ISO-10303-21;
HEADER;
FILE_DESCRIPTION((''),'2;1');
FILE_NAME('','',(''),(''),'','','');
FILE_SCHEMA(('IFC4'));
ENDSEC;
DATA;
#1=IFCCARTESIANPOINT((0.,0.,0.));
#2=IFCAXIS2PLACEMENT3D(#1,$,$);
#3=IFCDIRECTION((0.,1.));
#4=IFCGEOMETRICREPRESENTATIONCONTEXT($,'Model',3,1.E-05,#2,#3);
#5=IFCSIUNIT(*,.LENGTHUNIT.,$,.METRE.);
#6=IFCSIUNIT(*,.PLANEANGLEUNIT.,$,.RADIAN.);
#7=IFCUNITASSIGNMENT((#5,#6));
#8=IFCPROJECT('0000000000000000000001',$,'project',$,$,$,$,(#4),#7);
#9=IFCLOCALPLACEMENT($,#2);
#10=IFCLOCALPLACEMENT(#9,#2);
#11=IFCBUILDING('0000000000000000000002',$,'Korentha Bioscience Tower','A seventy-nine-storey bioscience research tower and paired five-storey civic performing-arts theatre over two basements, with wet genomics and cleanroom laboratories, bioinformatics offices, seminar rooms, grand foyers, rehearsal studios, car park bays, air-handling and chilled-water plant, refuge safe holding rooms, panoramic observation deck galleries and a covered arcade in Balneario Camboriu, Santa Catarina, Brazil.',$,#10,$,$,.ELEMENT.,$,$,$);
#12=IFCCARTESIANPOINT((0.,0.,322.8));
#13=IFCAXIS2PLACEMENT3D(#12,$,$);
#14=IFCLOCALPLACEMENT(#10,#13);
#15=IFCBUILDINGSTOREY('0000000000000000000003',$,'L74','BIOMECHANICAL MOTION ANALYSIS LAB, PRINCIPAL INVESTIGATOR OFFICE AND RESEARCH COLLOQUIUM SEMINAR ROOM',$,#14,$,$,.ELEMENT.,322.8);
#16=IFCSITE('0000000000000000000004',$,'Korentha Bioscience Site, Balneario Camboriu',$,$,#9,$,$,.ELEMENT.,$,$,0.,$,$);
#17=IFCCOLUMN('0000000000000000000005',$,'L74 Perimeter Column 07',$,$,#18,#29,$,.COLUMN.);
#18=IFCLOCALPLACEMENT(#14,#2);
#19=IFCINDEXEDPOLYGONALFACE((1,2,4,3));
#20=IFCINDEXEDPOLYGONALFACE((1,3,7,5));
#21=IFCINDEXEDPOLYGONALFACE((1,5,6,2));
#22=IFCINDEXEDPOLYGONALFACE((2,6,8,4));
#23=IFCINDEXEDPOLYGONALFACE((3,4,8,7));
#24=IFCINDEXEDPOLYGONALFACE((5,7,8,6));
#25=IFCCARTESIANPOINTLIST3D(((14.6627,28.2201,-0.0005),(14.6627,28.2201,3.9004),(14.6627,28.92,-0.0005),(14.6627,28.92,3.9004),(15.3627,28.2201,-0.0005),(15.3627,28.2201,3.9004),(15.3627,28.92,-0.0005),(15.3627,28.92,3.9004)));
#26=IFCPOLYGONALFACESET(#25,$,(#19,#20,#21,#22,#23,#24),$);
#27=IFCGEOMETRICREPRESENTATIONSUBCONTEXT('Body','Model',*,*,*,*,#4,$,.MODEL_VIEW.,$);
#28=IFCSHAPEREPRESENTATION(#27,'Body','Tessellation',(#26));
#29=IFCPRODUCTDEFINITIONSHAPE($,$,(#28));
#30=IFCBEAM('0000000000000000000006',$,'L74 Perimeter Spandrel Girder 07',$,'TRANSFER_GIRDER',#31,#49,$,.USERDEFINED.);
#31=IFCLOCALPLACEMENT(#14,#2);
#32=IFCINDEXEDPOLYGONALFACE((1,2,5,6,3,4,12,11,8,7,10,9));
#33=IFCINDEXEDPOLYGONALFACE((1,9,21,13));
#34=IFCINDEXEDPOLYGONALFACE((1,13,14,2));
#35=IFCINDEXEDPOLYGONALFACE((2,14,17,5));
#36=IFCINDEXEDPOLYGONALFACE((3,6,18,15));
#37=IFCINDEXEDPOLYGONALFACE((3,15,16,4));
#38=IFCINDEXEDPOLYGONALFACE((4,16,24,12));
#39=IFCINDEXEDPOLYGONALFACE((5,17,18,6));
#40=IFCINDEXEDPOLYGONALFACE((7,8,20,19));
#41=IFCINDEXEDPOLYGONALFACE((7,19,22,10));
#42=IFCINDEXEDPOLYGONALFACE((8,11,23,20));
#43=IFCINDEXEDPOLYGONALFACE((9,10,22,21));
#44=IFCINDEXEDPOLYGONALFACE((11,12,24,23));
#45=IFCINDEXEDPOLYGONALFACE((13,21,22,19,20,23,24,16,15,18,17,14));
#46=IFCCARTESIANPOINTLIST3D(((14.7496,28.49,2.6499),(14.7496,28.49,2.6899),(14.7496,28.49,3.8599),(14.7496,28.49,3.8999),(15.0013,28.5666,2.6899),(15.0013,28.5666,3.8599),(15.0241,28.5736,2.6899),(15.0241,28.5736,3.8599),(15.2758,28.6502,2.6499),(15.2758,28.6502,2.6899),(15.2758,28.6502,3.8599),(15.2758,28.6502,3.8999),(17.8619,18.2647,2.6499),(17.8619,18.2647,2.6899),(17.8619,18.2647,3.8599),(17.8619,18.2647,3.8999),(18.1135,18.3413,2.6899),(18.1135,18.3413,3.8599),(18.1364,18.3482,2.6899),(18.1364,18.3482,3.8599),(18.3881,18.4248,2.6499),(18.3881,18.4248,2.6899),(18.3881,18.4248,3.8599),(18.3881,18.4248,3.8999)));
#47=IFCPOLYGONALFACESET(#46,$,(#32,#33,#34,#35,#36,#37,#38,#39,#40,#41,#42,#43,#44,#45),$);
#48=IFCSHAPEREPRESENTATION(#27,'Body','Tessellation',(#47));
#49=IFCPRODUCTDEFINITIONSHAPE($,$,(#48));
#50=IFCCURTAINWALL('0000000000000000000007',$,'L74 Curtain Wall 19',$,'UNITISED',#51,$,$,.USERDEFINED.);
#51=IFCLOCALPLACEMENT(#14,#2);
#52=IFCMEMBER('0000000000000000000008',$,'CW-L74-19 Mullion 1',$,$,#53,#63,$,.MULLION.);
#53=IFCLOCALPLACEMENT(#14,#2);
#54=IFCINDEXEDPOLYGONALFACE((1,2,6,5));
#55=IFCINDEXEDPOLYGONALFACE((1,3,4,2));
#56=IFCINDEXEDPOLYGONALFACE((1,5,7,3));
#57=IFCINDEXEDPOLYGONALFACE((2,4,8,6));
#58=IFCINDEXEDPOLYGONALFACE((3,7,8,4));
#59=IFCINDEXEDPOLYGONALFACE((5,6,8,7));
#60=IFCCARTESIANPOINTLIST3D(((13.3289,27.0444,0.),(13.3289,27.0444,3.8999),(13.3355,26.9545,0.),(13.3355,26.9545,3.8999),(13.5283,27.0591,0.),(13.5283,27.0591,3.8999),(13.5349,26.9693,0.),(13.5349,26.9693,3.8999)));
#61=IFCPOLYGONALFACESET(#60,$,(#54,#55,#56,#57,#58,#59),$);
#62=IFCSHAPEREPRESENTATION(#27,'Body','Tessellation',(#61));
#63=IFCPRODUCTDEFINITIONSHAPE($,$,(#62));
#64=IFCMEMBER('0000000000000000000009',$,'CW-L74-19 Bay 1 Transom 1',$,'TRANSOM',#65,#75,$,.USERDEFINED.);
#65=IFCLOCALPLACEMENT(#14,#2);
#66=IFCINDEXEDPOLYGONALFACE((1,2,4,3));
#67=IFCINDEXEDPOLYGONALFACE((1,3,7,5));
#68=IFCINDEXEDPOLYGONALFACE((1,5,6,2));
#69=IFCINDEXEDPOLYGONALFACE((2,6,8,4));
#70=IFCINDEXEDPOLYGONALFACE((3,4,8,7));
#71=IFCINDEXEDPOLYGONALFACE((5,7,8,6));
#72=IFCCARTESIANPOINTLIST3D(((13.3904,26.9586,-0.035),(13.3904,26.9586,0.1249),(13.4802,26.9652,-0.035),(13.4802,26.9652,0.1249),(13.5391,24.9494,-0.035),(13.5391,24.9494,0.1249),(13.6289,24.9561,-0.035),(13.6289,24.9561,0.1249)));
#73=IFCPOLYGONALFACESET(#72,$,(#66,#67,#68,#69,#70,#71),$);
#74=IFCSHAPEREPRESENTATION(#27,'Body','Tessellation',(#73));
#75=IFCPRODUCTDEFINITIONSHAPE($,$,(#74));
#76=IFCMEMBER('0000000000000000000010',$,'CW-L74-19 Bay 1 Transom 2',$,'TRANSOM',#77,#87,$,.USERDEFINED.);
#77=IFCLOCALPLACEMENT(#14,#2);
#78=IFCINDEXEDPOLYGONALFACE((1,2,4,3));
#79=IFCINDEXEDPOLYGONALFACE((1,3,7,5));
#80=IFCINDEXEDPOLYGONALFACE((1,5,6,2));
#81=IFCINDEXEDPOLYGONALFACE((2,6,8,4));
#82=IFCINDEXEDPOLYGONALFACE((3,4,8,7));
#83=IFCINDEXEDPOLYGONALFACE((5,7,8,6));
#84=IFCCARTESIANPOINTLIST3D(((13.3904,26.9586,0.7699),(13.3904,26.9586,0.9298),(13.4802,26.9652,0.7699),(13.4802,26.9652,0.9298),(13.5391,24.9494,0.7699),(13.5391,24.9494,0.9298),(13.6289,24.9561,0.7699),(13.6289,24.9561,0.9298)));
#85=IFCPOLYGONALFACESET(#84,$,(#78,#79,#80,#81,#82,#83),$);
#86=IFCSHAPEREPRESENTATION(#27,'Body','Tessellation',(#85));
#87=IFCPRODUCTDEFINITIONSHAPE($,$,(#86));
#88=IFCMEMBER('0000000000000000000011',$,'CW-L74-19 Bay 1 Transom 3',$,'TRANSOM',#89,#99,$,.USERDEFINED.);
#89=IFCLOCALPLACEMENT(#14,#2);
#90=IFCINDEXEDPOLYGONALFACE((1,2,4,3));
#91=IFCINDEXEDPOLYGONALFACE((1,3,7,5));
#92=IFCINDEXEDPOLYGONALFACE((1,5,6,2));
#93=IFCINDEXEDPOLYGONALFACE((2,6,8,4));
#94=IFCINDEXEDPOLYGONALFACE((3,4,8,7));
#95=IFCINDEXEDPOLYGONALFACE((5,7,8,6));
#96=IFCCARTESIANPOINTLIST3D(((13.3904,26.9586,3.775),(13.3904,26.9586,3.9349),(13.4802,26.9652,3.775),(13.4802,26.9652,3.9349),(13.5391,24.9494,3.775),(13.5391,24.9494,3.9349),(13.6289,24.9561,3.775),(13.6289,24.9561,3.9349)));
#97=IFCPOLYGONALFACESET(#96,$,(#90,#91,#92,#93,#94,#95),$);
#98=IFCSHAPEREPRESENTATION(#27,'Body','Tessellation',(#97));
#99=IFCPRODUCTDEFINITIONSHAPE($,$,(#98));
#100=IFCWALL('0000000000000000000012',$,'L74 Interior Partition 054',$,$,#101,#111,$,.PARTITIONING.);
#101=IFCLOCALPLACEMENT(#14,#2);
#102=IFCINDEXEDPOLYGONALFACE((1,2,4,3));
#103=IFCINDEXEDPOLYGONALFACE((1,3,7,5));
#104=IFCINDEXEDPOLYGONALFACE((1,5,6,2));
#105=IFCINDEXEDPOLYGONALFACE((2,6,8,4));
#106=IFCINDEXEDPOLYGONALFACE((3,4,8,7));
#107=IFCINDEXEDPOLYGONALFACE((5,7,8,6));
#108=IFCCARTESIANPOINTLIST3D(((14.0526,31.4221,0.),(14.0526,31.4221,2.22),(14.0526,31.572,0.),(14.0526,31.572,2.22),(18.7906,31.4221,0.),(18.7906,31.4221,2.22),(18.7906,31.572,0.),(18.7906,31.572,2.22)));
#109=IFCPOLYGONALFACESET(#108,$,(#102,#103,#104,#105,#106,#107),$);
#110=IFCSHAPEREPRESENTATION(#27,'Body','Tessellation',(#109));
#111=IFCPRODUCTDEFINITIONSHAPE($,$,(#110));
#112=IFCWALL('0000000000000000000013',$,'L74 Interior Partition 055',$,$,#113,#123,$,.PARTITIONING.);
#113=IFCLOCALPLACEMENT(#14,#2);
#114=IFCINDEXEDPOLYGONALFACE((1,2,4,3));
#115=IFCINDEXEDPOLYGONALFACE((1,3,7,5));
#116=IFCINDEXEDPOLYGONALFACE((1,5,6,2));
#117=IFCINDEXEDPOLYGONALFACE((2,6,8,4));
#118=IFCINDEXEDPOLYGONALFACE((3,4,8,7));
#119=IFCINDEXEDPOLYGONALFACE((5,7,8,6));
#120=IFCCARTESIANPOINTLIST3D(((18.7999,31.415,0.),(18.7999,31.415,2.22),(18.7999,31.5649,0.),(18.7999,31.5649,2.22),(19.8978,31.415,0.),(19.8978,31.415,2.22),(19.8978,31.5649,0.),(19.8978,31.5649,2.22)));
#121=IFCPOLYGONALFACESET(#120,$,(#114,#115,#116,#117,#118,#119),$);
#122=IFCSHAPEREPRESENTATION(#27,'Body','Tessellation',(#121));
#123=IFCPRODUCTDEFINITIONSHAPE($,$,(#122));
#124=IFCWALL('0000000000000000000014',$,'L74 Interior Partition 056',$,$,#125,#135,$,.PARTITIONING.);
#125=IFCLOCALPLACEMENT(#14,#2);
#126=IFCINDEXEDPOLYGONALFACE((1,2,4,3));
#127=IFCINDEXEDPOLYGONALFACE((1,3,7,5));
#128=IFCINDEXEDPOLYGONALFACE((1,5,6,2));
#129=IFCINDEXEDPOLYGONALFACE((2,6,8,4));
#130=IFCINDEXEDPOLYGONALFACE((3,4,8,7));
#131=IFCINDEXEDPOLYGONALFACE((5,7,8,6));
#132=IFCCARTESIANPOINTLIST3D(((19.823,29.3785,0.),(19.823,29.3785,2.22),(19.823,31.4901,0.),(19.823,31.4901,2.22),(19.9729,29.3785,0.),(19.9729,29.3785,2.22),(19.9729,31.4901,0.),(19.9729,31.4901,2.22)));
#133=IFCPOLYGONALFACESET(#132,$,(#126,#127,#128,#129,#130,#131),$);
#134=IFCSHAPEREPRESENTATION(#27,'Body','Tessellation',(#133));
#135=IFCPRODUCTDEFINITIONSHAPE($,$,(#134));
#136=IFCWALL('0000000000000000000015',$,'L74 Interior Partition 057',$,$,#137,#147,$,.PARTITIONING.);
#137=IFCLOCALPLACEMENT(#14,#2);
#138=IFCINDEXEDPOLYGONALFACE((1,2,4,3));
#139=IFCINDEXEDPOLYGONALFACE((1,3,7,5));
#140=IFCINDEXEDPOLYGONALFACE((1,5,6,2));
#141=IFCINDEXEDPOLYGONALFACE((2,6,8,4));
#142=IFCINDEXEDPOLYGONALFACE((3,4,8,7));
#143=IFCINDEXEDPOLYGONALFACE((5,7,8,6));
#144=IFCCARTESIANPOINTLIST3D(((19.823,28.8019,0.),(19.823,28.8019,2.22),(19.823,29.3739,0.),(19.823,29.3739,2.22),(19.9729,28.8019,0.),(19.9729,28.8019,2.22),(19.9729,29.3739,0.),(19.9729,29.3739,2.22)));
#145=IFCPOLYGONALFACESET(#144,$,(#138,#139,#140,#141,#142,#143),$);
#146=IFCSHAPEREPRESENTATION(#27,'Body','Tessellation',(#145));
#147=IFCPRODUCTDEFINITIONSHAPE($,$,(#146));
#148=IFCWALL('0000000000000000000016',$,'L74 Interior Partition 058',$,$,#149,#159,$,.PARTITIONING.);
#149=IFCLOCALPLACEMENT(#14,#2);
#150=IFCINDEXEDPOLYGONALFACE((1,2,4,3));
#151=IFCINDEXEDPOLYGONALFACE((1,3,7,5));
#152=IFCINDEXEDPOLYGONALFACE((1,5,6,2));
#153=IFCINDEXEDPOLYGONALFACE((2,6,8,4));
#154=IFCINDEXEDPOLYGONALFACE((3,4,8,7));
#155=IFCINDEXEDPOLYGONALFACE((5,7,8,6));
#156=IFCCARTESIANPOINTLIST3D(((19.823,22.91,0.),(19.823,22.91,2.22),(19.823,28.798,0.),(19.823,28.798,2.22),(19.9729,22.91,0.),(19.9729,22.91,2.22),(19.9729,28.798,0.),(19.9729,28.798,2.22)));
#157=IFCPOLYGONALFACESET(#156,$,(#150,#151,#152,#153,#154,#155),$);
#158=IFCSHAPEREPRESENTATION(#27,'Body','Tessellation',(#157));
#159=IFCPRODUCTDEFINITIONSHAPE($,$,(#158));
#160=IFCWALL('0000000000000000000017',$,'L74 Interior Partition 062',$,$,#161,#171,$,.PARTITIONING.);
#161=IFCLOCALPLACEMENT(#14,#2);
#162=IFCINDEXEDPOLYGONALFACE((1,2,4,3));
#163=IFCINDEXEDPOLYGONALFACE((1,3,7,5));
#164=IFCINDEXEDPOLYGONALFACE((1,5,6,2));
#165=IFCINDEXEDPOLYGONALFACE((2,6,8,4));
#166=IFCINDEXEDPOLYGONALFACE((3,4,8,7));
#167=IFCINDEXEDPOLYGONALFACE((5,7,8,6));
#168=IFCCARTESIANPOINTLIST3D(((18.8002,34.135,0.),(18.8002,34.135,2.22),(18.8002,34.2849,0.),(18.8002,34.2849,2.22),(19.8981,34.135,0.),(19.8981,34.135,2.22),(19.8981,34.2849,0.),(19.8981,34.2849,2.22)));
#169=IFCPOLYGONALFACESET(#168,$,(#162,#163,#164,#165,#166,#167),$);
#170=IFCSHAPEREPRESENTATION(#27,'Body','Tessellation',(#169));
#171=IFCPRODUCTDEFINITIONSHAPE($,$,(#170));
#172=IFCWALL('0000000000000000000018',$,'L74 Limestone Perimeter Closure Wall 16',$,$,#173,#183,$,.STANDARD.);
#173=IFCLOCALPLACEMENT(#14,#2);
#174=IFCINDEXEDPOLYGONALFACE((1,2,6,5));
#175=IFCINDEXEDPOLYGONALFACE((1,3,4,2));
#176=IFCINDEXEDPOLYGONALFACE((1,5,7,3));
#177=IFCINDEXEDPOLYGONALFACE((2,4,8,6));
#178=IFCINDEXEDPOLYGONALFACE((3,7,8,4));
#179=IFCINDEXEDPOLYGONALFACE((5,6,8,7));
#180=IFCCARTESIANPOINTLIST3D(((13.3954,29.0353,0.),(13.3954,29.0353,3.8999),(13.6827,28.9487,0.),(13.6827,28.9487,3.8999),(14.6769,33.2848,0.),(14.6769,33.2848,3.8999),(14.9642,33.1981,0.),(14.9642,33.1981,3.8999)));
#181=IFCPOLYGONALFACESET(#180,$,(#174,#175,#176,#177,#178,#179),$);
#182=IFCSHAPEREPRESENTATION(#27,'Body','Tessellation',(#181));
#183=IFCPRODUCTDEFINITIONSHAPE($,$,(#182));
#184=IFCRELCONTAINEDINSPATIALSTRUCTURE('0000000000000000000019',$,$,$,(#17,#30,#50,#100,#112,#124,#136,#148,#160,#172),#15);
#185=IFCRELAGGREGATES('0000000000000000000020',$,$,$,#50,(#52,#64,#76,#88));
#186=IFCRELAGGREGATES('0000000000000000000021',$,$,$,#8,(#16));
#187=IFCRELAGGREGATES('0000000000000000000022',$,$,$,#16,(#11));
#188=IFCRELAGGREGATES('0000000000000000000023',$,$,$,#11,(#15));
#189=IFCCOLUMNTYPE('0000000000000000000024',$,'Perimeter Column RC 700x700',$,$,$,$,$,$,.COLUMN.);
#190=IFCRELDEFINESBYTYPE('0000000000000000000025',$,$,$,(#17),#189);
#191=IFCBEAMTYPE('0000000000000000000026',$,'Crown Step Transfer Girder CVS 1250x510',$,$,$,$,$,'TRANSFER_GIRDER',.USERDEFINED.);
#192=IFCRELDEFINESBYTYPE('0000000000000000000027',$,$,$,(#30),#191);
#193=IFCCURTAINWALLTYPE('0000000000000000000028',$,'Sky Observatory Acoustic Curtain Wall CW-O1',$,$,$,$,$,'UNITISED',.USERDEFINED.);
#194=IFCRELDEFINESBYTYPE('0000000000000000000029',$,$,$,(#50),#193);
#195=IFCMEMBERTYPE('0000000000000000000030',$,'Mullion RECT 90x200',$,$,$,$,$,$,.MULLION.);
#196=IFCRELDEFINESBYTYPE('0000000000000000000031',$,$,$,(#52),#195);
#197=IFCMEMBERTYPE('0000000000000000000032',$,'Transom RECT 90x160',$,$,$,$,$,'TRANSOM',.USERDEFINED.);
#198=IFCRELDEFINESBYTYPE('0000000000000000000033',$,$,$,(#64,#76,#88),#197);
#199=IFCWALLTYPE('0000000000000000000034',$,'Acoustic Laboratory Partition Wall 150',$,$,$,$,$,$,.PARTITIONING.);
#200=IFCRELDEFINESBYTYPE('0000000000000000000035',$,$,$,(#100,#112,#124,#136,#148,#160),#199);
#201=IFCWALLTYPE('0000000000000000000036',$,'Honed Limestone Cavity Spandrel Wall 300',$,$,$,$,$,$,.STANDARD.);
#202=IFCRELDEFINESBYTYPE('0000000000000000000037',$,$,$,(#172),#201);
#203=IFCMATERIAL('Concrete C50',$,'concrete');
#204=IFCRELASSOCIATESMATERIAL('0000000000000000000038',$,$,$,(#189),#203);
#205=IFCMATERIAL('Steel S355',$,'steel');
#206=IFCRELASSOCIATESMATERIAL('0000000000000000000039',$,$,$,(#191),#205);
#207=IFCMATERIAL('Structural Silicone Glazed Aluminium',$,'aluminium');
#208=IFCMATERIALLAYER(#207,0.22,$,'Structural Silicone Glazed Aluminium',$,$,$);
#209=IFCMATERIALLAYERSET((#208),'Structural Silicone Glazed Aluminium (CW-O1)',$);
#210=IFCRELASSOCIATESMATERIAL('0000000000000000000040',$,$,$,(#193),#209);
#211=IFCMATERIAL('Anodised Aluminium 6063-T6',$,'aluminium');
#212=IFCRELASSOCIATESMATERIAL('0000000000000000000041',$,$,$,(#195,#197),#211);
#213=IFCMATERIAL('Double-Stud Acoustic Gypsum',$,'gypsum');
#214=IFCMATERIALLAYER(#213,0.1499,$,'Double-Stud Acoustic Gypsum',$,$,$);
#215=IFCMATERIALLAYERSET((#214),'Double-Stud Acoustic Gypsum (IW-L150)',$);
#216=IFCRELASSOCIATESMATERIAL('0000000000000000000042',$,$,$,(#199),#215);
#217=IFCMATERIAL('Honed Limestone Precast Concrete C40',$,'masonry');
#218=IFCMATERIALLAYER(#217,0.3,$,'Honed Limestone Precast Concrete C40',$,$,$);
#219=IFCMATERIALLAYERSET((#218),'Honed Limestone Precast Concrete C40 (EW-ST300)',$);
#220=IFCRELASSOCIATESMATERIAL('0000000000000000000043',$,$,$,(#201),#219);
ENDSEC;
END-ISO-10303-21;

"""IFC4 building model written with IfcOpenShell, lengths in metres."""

from ifc_helpers import new_model, si_unit, direction, frame, frame_2d, origin, origin_2d, place, context, subcontext, project, spatial, rectangle, i_section, extrude, material, layer, layer_set, material_profile, profile_set, type_object, element, aggregate, save


model = new_model("IFC4")

# Units and contexts
model_context = context("Model", 3, precision=1e-05, world=origin(), true_north=direction((0.0, 1.0)))
body_context = subcontext(model_context, "Body", "Model", "MODEL_VIEW")
ifc_project = project(units=[si_unit("LENGTHUNIT", "METRE"), si_unit("PLANEANGLEUNIT", "RADIAN")], contexts=[model_context])

# Site, building, storey
site_placement = place(None, origin())
site = spatial("IfcSite", under=ifc_project, at=site_placement, Name="Korentha Bioscience Site, Balneario Camboriu", CompositionType="ELEMENT", RefElevation=0.0)
building_placement = place(site_placement, origin())
building = spatial("IfcBuilding", under=site, at=building_placement, Name="Korentha Bioscience Tower", Description="A seventy-nine-storey bioscience research tower and paired five-storey civic performing-arts theatre over two basements, with wet genomics and cleanroom laboratories, bioinformatics offices, seminar rooms, grand foyers, rehearsal studios, car park bays, air-handling and chilled-water plant, refuge safe holding rooms, panoramic observation deck galleries and a covered arcade in Balneario Camboriu, Santa Catarina, Brazil.", CompositionType="ELEMENT")
storey_placement = place(building_placement, frame((0.0, 0.0, 322.8)))
storey = spatial("IfcBuildingStorey", under=building, at=storey_placement, Name="L74", Description="BIOMECHANICAL MOTION ANALYSIS LAB, PRINCIPAL INVESTIGATOR OFFICE AND RESEARCH COLLOQUIUM SEMINAR ROOM", CompositionType="ELEMENT", Elevation=322.8)

# Column
ifc_material_1 = material(Name="Concrete C50", Category="concrete")
ifc_material_profile_1 = material_profile(ifc_material_1, rectangle(XDim=0.7, YDim=0.7, at=origin_2d()), Name="Concrete C50")
ifc_profile_set_1 = profile_set([ifc_material_profile_1], Name="Concrete C50 (COL-P07)")
column_type = type_object("IfcColumnType", Name="Perimeter Column RC 700x700", PredefinedType="COLUMN", material=ifc_profile_set_1)
column_placement = place(storey_placement, frame((15.0127, 28.5701, -0.0005), z_axis=(0.0, 0.0, 1.0), x_axis=(0.0, 1.0, 0.0)))
element("IfcColumn", 1, at=column_placement, inside=storey, type_object=column_type, Name="L74 Perimeter Column 07", PredefinedType="COLUMN", context=body_context, shape_type="SweptSolid", body=[
    extrude(rectangle(XDim=0.7, YDim=0.7, at=origin_2d()), origin(), (0.0, 0.0, 1.0), 3.9009),
])

# Beam
ifc_material_2 = material(Name="Steel S355", Category="steel")
ifc_material_profile_2 = material_profile(ifc_material_2, i_section(OverallWidth=0.55, OverallDepth=1.25, WebThickness=0.0239, FlangeThickness=0.04, at=origin_2d()), Name="Steel S355")
ifc_profile_set_2 = profile_set([ifc_material_profile_2], Name="Steel S355 (TG-03)")
beam_type = type_object("IfcBeamType", Name="Crown Step Transfer Girder CVS 1250x510", ElementType="TRANSFER_GIRDER", PredefinedType="USERDEFINED", material=ifc_profile_set_2)
beam_placement = place(storey_placement, frame((15.0127, 28.5701, 3.2749), z_axis=(0.291183, -0.956668, 0.0), x_axis=(0.956668, 0.291183, 0.0)))
element("IfcBeam", 2, at=beam_placement, inside=storey, type_object=beam_type, Name="L74 Perimeter Spandrel Girder 07", ObjectType="TRANSFER_GIRDER", PredefinedType="USERDEFINED", context=body_context, shape_type="SweptSolid", body=[
    extrude(i_section(OverallWidth=0.55, OverallDepth=1.25, WebThickness=0.0239, FlangeThickness=0.04, at=origin_2d()), origin(), (0.0, 0.0, 1.0), 10.6885),
])

# Curtain wall, members
ifc_material_3 = material(Name="Structural Silicone Glazed Aluminium", Category="aluminium")
ifc_layer_1 = layer(ifc_material_3, 0.22, Name="Structural Silicone Glazed Aluminium")
ifc_layer_set_1 = layer_set([ifc_layer_1], Name="Structural Silicone Glazed Aluminium (CW-O1)")
curtain_wall_type = type_object("IfcCurtainWallType", Name="Sky Observatory Acoustic Curtain Wall CW-O1", ElementType="UNITISED", PredefinedType="USERDEFINED", material=ifc_layer_set_1)
curtain_wall_placement = place(storey_placement, origin())
curtain_wall = element("IfcCurtainWall", 3, at=curtain_wall_placement, inside=storey, type_object=curtain_wall_type, Name="L74 Curtain Wall 19", ObjectType="UNITISED", PredefinedType="USERDEFINED")
ifc_material_4 = material(Name="Anodised Aluminium 6063-T6", Category="aluminium")
ifc_material_profile_3 = material_profile(ifc_material_4, rectangle(XDim=0.0901, YDim=0.2, at=origin_2d()), Name="Anodised Aluminium 6063-T6")
ifc_profile_set_3 = profile_set([ifc_material_profile_3], Name="Anodised Aluminium 6063-T6 (CW-MUL)")
member_type_1 = type_object("IfcMemberType", Name="Mullion RECT 90x200", PredefinedType="MULLION", material=ifc_profile_set_3)
member_1_placement = place(storey_placement, frame((13.4319, 27.0068, 0.0), z_axis=(0.0, 0.0, 1.0), x_axis=(0.07386, -0.997269, 0.0)))
member_1 = element("IfcMember", 4, at=member_1_placement, type_object=member_type_1, Name="CW-L74-19 Mullion 1", PredefinedType="MULLION", context=body_context, shape_type="SweptSolid", body=[
    extrude(rectangle(XDim=0.0901, YDim=0.2, at=origin_2d()), origin(), (0.0, 0.0, 1.0), 3.8999),
])
ifc_material_profile_4 = material_profile(ifc_material_4, rectangle(XDim=0.0901, YDim=0.1599, at=origin_2d()), Name="Anodised Aluminium 6063-T6")
ifc_profile_set_4 = profile_set([ifc_material_profile_4], Name="Anodised Aluminium 6063-T6 (CW-TRN)")
member_type_2 = type_object("IfcMemberType", Name="Transom RECT 90x160", ElementType="TRANSOM", PredefinedType="USERDEFINED", material=ifc_profile_set_4)
member_2_placement = place(storey_placement, frame((13.4353, 26.9619, 0.0449), z_axis=(0.073805, -0.997273, 0.0), x_axis=(0.997273, 0.073805, 0.0)))
member_2 = element("IfcMember", 5, at=member_2_placement, type_object=member_type_2, Name="CW-L74-19 Bay 1 Transom 1", ObjectType="TRANSOM", PredefinedType="USERDEFINED", context=body_context, shape_type="SweptSolid", body=[
    extrude(rectangle(XDim=0.0901, YDim=0.1599, at=origin_2d()), origin(), (0.0, 0.0, 1.0), 2.0146),
])
member_3_placement = place(storey_placement, frame((13.4353, 26.9619, 0.8499), z_axis=(0.073805, -0.997273, 0.0), x_axis=(0.997273, 0.073805, 0.0)))
member_3 = element("IfcMember", 6, at=member_3_placement, type_object=member_type_2, Name="CW-L74-19 Bay 1 Transom 2", ObjectType="TRANSOM", PredefinedType="USERDEFINED", context=body_context, shape_type="SweptSolid", body=[
    extrude(rectangle(XDim=0.0901, YDim=0.1599, at=origin_2d()), origin(), (0.0, 0.0, 1.0), 2.0146),
])
member_4_placement = place(storey_placement, frame((13.4353, 26.9619, 3.855), z_axis=(0.073805, -0.997273, 0.0), x_axis=(0.997273, 0.073805, 0.0)))
member_4 = element("IfcMember", 7, at=member_4_placement, type_object=member_type_2, Name="CW-L74-19 Bay 1 Transom 3", ObjectType="TRANSOM", PredefinedType="USERDEFINED", context=body_context, shape_type="SweptSolid", body=[
    extrude(rectangle(XDim=0.0901, YDim=0.1599, at=origin_2d()), origin(), (0.0, 0.0, 1.0), 2.0146),
])
aggregate(curtain_wall, [member_1, member_2, member_3, member_4])

# Shared definitions
ifc_material_5 = material(Name="Double-Stud Acoustic Gypsum", Category="gypsum")
ifc_layer_2 = layer(ifc_material_5, 0.1499, Name="Double-Stud Acoustic Gypsum")
ifc_layer_set_2 = layer_set([ifc_layer_2], Name="Double-Stud Acoustic Gypsum (IW-L150)")
wall_type_1 = type_object("IfcWallType", Name="Acoustic Laboratory Partition Wall 150", PredefinedType="PARTITIONING", material=ifc_layer_set_2)

# Walls
wall_1_placement = place(storey_placement, frame((14.0525, 31.4971, 0.0), z_axis=(0.0, 0.0, 1.0), x_axis=(1.0, 0.0, 0.0)))
element("IfcWall", 8, at=wall_1_placement, inside=storey, type_object=wall_type_1, Name="L74 Interior Partition 054", PredefinedType="PARTITIONING", context=body_context, shape_type="SweptSolid", body=[
    extrude(rectangle(XDim=4.738, YDim=0.1499, at=frame_2d((2.3691, 0.0))), origin(), (0.0, 0.0, 1.0), 2.22),
])
wall_2_placement = place(storey_placement, frame((18.8, 31.49, 0.0), z_axis=(0.0, 0.0, 1.0), x_axis=(1.0, 0.0, 0.0)))
element("IfcWall", 9, at=wall_2_placement, inside=storey, type_object=wall_type_1, Name="L74 Interior Partition 055", PredefinedType="PARTITIONING", context=body_context, shape_type="SweptSolid", body=[
    extrude(rectangle(XDim=1.0979, YDim=0.1499, at=frame_2d((0.5488, 0.0))), origin(), (0.0, 0.0, 1.0), 2.22),
])
wall_3_placement = place(storey_placement, frame((19.8979, 31.49, 0.0), z_axis=(0.0, 0.0, 1.0), x_axis=(0.0, -1.0, 0.0)))
element("IfcWall", 10, at=wall_3_placement, inside=storey, type_object=wall_type_1, Name="L74 Interior Partition 056", PredefinedType="PARTITIONING", context=body_context, shape_type="SweptSolid", body=[
    extrude(rectangle(XDim=2.1116, YDim=0.1499, at=frame_2d((1.0557, 0.0))), origin(), (0.0, 0.0, 1.0), 2.22),
])
wall_4_placement = place(storey_placement, frame((19.8979, 29.374, 0.0), z_axis=(0.0, 0.0, 1.0), x_axis=(0.0, -1.0, 0.0)))
element("IfcWall", 11, at=wall_4_placement, inside=storey, type_object=wall_type_1, Name="L74 Interior Partition 057", PredefinedType="PARTITIONING", context=body_context, shape_type="SweptSolid", body=[
    extrude(rectangle(XDim=0.572, YDim=0.1499, at=frame_2d((0.2861, 0.0))), origin(), (0.0, 0.0, 1.0), 2.22),
])
wall_5_placement = place(storey_placement, frame((19.8979, 28.7979, 0.0), z_axis=(0.0, 0.0, 1.0), x_axis=(0.0, -1.0, 0.0)))
element("IfcWall", 12, at=wall_5_placement, inside=storey, type_object=wall_type_1, Name="L74 Interior Partition 058", PredefinedType="PARTITIONING", context=body_context, shape_type="SweptSolid", body=[
    extrude(rectangle(XDim=5.8879, YDim=0.1499, at=frame_2d((2.9438, 0.0))), origin(), (0.0, 0.0, 1.0), 2.22),
])
wall_6_placement = place(storey_placement, frame((19.8979, 34.21, 0.0), z_axis=(0.0, 0.0, 1.0), x_axis=(-1.0, 0.0, 0.0)))
element("IfcWall", 13, at=wall_6_placement, inside=storey, type_object=wall_type_1, Name="L74 Interior Partition 062", PredefinedType="PARTITIONING", context=body_context, shape_type="SweptSolid", body=[
    extrude(rectangle(XDim=1.0979, YDim=0.1499, at=frame_2d((0.5488, 0.0))), origin(), (0.0, 0.0, 1.0), 2.22),
])
ifc_material_6 = material(Name="Honed Limestone Precast Concrete C40", Category="masonry")
ifc_layer_3 = layer(ifc_material_6, 0.3, Name="Honed Limestone Precast Concrete C40")
ifc_layer_set_3 = layer_set([ifc_layer_3], Name="Honed Limestone Precast Concrete C40 (EW-ST300)")
wall_type_2 = type_object("IfcWallType", Name="Honed Limestone Cavity Spandrel Wall 300", PredefinedType="STANDARD", material=ifc_layer_set_3)
wall_7_placement = place(storey_placement, frame((14.8206, 33.2415, 0.0), z_axis=(0.0, 0.0, 1.0), x_axis=(-0.28872, -0.957414, 0.0)))
element("IfcWall", 14, at=wall_7_placement, inside=storey, type_object=wall_type_2, Name="L74 Limestone Perimeter Closure Wall 16", PredefinedType="STANDARD", context=body_context, shape_type="SweptSolid", body=[
    extrude(rectangle(XDim=4.4385, YDim=0.3, at=frame_2d((2.2192, 0.0))), origin(), (0.0, 0.0, 1.0), 3.8999),
])

save(model, "model.ifc")
